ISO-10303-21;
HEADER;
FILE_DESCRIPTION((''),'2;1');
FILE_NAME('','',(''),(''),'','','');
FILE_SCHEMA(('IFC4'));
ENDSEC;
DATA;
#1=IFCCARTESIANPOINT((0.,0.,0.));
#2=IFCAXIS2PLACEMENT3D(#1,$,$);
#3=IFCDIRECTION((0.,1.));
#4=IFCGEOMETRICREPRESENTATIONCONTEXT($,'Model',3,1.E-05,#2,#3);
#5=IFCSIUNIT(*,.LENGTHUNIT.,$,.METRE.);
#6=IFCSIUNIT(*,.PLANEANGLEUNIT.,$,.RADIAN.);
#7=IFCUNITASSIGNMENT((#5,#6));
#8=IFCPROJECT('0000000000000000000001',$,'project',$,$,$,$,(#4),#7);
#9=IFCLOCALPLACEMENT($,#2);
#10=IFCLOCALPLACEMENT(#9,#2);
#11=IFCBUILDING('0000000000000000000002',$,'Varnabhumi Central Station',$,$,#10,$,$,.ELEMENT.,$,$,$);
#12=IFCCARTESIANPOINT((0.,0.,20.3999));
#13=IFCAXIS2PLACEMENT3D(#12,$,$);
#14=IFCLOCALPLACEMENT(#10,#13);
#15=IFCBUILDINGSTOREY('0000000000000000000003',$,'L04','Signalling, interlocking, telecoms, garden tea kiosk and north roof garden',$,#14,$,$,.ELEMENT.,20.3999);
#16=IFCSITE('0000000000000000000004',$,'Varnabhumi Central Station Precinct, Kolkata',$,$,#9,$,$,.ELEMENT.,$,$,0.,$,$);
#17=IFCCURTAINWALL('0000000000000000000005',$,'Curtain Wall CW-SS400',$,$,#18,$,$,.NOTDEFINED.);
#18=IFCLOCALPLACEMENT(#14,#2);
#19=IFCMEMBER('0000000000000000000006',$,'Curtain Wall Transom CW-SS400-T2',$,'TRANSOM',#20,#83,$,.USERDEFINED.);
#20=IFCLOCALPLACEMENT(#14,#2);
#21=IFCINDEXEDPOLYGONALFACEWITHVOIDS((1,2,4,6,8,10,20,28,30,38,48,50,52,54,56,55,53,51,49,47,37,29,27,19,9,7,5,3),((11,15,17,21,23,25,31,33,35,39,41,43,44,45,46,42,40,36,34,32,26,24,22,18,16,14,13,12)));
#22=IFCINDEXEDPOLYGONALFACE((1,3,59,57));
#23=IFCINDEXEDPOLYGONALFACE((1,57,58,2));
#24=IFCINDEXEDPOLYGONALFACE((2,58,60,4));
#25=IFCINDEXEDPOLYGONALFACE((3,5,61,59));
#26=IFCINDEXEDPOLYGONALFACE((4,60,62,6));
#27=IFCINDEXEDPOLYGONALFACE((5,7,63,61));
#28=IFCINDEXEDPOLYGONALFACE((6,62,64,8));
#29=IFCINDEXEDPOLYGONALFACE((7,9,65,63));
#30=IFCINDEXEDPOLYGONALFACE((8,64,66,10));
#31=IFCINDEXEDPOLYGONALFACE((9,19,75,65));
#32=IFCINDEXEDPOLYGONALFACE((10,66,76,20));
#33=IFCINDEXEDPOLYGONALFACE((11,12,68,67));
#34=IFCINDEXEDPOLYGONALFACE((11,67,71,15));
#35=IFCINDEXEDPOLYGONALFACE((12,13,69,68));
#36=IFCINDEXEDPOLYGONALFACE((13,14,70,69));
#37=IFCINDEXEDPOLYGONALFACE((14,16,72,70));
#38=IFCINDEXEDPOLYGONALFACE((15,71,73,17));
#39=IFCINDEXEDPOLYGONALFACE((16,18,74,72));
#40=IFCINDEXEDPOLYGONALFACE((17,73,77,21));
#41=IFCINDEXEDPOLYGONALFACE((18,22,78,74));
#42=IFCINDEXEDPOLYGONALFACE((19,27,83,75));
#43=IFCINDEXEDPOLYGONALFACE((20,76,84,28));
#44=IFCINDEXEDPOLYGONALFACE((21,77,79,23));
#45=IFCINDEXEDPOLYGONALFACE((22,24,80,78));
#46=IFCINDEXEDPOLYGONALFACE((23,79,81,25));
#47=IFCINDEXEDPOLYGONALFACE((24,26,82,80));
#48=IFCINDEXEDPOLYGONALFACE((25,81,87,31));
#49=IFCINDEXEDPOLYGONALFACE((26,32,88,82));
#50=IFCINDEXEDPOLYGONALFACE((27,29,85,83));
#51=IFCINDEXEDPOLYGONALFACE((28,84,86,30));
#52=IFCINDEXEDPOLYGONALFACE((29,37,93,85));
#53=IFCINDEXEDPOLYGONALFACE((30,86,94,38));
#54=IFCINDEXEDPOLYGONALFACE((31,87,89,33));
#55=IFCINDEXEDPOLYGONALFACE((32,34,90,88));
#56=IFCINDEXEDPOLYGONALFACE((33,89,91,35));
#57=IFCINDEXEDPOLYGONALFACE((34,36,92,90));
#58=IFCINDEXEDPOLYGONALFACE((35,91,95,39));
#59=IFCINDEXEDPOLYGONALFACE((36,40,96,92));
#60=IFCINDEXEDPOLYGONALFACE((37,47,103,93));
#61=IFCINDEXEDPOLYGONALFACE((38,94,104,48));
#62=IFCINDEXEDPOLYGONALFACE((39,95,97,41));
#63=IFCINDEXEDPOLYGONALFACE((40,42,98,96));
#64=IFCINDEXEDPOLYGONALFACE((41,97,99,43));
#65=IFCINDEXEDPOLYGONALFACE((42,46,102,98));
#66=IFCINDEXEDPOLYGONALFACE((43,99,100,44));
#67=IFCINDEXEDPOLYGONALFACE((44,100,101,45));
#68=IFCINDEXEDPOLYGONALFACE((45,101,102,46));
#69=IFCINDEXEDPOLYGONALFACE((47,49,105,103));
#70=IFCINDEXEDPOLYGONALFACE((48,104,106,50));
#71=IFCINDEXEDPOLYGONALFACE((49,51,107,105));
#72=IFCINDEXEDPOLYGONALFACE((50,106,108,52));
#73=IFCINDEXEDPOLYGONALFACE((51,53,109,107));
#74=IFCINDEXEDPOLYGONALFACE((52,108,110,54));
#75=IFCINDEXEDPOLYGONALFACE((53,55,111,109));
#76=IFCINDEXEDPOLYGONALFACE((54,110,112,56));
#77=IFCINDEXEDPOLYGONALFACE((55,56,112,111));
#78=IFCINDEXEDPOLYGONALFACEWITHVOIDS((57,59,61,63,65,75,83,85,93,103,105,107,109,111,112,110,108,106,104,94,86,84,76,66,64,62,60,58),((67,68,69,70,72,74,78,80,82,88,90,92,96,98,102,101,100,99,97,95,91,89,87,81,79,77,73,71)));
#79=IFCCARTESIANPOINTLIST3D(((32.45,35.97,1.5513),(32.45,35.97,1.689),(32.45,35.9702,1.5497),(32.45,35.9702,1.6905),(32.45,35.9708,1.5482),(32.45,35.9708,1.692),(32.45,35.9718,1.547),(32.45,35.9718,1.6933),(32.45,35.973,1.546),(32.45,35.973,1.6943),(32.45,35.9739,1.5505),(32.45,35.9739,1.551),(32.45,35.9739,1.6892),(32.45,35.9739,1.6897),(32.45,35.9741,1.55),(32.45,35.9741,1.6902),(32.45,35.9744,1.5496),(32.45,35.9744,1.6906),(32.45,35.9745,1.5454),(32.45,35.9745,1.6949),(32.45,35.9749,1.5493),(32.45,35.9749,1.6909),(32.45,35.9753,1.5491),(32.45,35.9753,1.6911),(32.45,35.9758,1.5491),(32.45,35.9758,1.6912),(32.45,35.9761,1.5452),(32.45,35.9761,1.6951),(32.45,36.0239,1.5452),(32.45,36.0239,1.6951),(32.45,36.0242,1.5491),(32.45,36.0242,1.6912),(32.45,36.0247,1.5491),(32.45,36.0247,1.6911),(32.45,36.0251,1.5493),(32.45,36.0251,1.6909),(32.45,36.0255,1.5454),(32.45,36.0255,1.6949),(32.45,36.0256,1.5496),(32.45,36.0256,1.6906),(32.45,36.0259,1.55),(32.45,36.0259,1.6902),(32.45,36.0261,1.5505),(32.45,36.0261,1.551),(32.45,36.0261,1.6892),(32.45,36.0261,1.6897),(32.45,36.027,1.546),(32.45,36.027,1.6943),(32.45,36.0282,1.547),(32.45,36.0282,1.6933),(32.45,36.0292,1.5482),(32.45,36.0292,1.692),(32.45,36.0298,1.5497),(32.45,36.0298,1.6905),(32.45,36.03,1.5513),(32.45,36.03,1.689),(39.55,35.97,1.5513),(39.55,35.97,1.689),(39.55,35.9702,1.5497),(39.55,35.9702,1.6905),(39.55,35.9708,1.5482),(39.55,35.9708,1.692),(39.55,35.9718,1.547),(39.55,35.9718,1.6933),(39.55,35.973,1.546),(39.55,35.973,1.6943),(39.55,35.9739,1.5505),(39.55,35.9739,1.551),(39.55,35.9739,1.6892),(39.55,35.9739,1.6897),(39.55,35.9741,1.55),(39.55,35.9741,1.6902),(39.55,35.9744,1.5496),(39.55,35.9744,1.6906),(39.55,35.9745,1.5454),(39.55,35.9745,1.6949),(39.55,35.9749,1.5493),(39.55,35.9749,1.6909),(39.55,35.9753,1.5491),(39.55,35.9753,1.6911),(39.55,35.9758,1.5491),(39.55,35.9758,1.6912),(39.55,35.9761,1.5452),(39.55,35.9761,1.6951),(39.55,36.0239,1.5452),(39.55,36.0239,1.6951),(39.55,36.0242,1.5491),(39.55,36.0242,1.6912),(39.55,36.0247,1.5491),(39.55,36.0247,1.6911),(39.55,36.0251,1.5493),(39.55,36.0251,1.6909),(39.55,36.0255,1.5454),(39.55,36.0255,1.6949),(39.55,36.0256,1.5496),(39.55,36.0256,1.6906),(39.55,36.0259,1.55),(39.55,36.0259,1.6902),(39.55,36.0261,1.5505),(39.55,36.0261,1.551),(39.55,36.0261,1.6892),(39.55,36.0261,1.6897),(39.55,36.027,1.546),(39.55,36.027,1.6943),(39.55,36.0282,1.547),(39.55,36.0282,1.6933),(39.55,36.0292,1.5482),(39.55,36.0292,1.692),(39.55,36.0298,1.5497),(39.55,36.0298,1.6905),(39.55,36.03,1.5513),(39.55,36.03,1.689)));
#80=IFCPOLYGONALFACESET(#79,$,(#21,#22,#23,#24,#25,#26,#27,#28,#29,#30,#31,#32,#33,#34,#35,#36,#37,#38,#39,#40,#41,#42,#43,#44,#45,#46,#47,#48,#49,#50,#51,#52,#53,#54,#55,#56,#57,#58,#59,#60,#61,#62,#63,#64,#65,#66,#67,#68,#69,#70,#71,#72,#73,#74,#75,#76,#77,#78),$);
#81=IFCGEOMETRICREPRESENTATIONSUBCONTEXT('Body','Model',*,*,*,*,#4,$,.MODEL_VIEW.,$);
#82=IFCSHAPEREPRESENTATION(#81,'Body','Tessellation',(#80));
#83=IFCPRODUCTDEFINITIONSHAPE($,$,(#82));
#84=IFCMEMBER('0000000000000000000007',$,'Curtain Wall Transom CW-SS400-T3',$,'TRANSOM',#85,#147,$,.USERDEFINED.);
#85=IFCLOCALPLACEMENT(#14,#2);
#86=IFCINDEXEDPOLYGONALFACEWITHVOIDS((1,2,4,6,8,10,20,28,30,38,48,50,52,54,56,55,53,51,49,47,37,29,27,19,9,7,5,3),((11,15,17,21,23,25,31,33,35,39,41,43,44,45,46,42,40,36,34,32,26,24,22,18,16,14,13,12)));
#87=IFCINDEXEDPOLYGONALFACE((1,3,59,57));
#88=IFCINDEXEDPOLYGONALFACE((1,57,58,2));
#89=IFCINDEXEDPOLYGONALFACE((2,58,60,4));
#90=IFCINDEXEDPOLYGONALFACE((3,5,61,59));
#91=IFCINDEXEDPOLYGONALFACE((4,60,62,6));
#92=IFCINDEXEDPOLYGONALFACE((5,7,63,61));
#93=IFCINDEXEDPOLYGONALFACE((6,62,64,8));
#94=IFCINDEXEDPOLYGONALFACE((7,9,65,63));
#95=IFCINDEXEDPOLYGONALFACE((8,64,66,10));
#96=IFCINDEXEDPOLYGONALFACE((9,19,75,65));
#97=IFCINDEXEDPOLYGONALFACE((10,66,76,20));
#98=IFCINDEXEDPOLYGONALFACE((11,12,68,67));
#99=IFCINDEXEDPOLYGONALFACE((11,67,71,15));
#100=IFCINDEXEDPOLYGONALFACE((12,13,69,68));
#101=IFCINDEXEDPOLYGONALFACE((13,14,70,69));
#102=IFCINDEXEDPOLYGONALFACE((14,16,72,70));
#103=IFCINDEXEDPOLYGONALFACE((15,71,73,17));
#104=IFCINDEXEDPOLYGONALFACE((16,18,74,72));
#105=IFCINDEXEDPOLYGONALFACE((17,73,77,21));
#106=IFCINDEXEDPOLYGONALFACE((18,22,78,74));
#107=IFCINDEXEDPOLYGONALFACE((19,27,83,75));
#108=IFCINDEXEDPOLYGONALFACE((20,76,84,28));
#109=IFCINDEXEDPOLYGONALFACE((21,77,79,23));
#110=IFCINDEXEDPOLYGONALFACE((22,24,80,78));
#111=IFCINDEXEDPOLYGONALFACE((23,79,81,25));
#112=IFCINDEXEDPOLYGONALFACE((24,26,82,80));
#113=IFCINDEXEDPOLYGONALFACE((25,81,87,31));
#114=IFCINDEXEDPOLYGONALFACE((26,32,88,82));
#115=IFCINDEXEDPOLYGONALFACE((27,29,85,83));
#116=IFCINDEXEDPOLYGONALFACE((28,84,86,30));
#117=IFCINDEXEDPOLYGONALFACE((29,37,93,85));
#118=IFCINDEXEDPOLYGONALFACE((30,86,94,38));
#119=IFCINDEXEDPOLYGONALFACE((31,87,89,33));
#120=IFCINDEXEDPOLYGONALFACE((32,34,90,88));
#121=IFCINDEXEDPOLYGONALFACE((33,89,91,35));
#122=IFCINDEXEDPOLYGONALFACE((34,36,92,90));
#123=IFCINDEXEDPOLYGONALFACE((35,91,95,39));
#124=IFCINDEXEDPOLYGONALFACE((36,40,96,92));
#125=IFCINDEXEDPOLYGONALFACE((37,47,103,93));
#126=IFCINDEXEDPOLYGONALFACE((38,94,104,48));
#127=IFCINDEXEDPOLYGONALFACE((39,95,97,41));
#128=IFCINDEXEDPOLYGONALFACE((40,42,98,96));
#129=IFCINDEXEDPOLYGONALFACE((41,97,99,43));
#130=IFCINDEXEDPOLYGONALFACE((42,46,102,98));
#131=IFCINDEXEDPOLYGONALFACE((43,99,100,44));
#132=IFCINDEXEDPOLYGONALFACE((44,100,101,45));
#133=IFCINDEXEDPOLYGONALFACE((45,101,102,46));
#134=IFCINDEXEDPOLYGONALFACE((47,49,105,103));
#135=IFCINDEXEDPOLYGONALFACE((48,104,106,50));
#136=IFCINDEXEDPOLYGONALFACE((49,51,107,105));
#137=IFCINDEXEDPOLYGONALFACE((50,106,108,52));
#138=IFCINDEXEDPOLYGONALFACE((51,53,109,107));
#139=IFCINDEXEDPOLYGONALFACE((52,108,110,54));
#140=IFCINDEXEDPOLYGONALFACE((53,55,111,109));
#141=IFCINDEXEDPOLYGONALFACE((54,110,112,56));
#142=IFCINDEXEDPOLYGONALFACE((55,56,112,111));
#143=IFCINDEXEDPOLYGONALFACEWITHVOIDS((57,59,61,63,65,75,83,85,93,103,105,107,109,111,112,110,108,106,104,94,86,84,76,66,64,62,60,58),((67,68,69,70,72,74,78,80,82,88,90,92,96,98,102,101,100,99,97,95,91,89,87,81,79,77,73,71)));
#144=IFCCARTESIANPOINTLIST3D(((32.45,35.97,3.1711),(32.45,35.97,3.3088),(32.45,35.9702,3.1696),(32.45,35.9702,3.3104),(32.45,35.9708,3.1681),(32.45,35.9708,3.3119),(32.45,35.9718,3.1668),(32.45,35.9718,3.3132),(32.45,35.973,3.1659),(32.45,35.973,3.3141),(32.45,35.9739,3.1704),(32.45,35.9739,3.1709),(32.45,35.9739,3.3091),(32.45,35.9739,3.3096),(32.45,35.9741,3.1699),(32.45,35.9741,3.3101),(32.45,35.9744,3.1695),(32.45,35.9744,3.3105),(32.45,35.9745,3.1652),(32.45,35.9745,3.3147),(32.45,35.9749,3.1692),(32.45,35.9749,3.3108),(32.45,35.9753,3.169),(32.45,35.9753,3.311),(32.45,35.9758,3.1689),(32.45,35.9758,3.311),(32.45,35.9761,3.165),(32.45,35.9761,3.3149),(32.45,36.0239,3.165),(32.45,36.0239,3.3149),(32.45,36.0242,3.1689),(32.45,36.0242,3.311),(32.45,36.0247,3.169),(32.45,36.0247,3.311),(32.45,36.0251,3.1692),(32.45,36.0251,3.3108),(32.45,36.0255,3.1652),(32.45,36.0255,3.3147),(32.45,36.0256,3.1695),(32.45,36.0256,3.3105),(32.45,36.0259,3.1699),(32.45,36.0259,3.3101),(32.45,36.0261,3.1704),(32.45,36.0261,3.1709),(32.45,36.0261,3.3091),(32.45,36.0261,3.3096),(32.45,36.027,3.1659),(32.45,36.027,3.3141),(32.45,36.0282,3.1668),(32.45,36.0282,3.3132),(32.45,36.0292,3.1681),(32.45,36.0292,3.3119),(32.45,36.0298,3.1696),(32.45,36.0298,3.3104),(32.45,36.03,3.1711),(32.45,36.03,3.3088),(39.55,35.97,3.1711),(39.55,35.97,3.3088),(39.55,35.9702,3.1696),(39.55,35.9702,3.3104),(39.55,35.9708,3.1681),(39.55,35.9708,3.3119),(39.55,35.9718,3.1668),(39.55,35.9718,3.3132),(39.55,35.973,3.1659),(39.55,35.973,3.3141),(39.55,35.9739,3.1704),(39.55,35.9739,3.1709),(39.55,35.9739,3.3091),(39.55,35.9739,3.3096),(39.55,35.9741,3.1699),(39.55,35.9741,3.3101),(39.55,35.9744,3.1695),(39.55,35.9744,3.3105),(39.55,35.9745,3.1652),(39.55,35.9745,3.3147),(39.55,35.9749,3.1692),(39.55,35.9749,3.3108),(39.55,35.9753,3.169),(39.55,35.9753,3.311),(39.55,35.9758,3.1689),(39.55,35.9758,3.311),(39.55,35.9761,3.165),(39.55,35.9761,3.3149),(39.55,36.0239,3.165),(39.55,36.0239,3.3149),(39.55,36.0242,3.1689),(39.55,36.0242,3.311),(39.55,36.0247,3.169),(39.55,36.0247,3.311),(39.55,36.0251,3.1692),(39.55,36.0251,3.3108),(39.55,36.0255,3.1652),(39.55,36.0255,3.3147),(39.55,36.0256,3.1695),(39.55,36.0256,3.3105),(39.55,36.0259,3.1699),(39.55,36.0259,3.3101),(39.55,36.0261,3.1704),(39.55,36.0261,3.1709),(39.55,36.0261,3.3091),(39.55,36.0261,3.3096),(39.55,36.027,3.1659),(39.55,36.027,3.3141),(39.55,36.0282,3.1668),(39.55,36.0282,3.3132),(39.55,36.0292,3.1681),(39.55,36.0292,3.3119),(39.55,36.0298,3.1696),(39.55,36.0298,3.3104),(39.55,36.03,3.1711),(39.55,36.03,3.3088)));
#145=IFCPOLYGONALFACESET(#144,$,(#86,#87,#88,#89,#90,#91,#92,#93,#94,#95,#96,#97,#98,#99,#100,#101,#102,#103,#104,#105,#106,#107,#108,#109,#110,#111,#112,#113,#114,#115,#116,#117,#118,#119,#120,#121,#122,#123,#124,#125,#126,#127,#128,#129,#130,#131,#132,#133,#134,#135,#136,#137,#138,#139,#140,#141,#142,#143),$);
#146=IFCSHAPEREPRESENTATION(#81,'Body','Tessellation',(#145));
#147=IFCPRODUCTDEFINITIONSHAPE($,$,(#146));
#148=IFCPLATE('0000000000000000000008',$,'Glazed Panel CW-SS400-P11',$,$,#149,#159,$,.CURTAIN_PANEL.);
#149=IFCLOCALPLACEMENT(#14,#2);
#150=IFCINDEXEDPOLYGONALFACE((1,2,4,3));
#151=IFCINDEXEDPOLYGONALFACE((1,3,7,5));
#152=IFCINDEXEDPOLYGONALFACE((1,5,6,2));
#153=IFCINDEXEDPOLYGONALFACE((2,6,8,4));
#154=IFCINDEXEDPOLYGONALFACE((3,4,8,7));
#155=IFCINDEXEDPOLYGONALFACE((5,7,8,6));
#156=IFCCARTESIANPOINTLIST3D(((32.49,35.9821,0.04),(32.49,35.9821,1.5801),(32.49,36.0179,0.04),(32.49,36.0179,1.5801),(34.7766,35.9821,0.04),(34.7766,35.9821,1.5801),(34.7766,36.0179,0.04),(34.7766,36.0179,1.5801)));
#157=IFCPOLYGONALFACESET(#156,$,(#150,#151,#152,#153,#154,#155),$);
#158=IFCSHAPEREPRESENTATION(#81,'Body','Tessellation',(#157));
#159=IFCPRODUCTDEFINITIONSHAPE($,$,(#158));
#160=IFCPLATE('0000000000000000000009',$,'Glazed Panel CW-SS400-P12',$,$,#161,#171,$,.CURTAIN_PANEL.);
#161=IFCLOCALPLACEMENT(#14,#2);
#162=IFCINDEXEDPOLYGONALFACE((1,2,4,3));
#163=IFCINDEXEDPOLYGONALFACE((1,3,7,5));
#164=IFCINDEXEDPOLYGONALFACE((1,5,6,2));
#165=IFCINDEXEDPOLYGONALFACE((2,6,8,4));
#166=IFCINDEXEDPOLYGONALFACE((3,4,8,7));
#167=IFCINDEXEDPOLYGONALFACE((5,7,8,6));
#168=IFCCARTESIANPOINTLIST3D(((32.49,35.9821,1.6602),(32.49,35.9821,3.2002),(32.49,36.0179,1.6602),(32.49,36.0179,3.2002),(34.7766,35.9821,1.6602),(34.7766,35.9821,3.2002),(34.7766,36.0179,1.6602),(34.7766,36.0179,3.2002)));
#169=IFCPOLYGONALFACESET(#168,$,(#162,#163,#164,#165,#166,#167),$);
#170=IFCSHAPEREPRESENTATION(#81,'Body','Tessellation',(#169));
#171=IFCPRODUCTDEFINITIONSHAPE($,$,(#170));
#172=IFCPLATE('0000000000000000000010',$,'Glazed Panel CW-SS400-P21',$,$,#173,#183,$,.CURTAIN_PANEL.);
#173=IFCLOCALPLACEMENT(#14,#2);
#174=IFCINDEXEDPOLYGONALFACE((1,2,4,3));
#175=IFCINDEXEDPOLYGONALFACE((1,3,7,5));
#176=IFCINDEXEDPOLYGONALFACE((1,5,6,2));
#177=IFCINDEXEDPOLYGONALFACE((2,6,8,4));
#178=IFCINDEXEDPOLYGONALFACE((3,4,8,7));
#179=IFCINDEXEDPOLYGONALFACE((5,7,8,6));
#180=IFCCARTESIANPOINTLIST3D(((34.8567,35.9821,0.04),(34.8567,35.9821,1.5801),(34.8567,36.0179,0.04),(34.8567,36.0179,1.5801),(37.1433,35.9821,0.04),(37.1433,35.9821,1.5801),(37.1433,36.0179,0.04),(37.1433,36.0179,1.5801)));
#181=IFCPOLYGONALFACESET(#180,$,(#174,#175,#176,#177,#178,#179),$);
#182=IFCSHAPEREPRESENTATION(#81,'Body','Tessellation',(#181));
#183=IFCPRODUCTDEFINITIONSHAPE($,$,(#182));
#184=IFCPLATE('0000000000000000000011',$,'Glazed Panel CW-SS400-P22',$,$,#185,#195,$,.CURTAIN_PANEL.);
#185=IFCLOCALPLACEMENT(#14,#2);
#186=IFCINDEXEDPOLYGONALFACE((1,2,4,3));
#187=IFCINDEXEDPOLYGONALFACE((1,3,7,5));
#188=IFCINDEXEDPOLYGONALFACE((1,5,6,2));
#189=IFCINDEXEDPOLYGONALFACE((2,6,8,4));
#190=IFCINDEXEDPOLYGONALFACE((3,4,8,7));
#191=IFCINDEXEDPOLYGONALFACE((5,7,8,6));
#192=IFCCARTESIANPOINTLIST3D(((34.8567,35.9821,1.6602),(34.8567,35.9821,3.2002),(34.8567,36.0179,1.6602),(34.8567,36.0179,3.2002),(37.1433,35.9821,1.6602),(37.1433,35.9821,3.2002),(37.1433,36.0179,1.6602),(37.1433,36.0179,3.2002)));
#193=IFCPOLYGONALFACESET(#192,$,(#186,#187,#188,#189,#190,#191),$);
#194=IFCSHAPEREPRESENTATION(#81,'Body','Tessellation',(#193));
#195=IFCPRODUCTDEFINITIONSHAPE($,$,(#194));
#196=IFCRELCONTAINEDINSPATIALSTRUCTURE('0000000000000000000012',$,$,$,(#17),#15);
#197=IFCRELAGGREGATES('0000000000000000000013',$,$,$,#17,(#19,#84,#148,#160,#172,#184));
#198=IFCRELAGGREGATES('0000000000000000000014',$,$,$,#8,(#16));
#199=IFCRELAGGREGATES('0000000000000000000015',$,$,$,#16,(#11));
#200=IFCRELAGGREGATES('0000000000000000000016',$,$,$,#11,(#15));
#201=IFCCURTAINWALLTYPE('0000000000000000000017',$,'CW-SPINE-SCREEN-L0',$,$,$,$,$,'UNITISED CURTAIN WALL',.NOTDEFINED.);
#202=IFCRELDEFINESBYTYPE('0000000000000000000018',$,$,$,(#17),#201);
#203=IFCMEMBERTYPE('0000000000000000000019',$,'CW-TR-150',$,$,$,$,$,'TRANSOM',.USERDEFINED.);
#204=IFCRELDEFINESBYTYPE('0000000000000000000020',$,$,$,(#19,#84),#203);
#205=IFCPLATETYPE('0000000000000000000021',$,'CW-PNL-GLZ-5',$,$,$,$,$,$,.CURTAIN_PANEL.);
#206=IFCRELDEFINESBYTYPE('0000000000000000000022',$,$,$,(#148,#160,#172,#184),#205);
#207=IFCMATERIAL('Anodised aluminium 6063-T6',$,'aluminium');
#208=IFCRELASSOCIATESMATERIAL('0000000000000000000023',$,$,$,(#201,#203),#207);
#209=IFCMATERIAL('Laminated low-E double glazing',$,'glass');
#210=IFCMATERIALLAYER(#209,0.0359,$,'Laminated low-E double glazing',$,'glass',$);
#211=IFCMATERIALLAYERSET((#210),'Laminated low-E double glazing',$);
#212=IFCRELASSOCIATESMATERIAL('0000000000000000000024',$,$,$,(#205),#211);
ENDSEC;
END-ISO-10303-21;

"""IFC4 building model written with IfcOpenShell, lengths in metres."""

from ifc_helpers import new_model, si_unit, direction, frame, origin, origin_2d, place, context, subcontext, project, spatial, rectangle, hollow_rectangle, extrude, material, layer, layer_set, material_profile, profile_set, type_object, element, aggregate, save


model = new_model("IFC4")

# Units and contexts
model_context = context("Model", 3, precision=1e-05, world=origin(), true_north=direction((0.0, 1.0)))
body_context = subcontext(model_context, "Body", "Model", "MODEL_VIEW")
ifc_project = project(units=[si_unit("LENGTHUNIT", "METRE"), si_unit("PLANEANGLEUNIT", "RADIAN")], contexts=[model_context])

# Site, building, storey
site_placement = place(None, origin())
site = spatial("IfcSite", under=ifc_project, at=site_placement, Name="Varnabhumi Central Station Precinct, Kolkata", CompositionType="ELEMENT", RefElevation=0.0)
building_placement = place(site_placement, origin())
building = spatial("IfcBuilding", under=site, at=building_placement, Name="Varnabhumi Central Station", CompositionType="ELEMENT")
storey_placement = place(building_placement, frame((0.0, 0.0, 20.3999)))
storey = spatial("IfcBuildingStorey", under=building, at=storey_placement, Name="L04", Description="Signalling, interlocking, telecoms, garden tea kiosk and north roof garden", CompositionType="ELEMENT", Elevation=20.3999)

# Curtain wall, members, plates
ifc_material_1 = material(Name="Anodised aluminium 6063-T6", Category="aluminium")
curtain_wall_type = type_object("IfcCurtainWallType", Name="CW-SPINE-SCREEN-L0", ElementType="UNITISED CURTAIN WALL", PredefinedType="NOTDEFINED", material=ifc_material_1)
curtain_wall_placement = place(storey_placement, origin())
curtain_wall = element("IfcCurtainWall", 1, at=curtain_wall_placement, inside=storey, type_object=curtain_wall_type, Name="Curtain Wall CW-SS400", PredefinedType="NOTDEFINED")
ifc_material_profile_1 = material_profile(ifc_material_1, hollow_rectangle(XDim=0.0601, YDim=0.1499, WallThickness=0.0039, InnerFilletRadius=0.002, OuterFilletRadius=0.0061, at=origin_2d()), Name="Anodised aluminium 6063-T6", Category="aluminium")
ifc_profile_set_1 = profile_set([ifc_material_profile_1], Name="Anodised aluminium 6063-T6")
member_type_1 = type_object("IfcMemberType", Name="CW-TR-150", ElementType="TRANSOM", PredefinedType="USERDEFINED", material=ifc_profile_set_1)
member_1_placement = place(storey_placement, frame((32.45, 36.0, 1.6201), z_axis=(1.0, 0.0, 0.0), x_axis=(0.0, 1.0, 0.0)))
member_1 = element("IfcMember", 2, at=member_1_placement, type_object=member_type_1, Name="Curtain Wall Transom CW-SS400-T2", ObjectType="TRANSOM", PredefinedType="USERDEFINED", context=body_context, shape_type="SweptSolid", body=[
    extrude(hollow_rectangle(XDim=0.0601, YDim=0.1499, WallThickness=0.0039, InnerFilletRadius=0.002, OuterFilletRadius=0.0061, at=origin_2d()), origin(), (0.0, 0.0, 1.0), 7.1001),
])
member_2_placement = place(storey_placement, frame((32.45, 36.0, 3.24), z_axis=(1.0, 0.0, 0.0), x_axis=(0.0, 1.0, 0.0)))
member_2 = element("IfcMember", 3, at=member_2_placement, type_object=member_type_1, Name="Curtain Wall Transom CW-SS400-T3", ObjectType="TRANSOM", PredefinedType="USERDEFINED", context=body_context, shape_type="SweptSolid", body=[
    extrude(hollow_rectangle(XDim=0.0601, YDim=0.1499, WallThickness=0.0039, InnerFilletRadius=0.002, OuterFilletRadius=0.0061, at=origin_2d()), origin(), (0.0, 0.0, 1.0), 7.1001),
])
ifc_material_2 = material(Name="Laminated low-E double glazing", Category="glass")
ifc_layer_1 = layer(ifc_material_2, 0.0359, Name="Laminated low-E double glazing", Category="glass")
ifc_layer_set_1 = layer_set([ifc_layer_1], Name="Laminated low-E double glazing")
plate_type = type_object("IfcPlateType", Name="CW-PNL-GLZ-5", PredefinedType="CURTAIN_PANEL", material=ifc_layer_set_1)
plate_1_placement = place(storey_placement, frame((33.6333, 36.0, 0.04), z_axis=(0.0, 0.0, 1.0), x_axis=(1.0, 0.0, 0.0)))
plate_1 = element("IfcPlate", 4, at=plate_1_placement, type_object=plate_type, Name="Glazed Panel CW-SS400-P11", PredefinedType="CURTAIN_PANEL", context=body_context, shape_type="SweptSolid", body=[
    extrude(rectangle(XDim=2.2866, YDim=0.0359, at=origin_2d()), origin(), (0.0, 0.0, 1.0), 1.54),
])
plate_2_placement = place(storey_placement, frame((33.6333, 36.0, 1.6602), z_axis=(0.0, 0.0, 1.0), x_axis=(1.0, 0.0, 0.0)))
plate_2 = element("IfcPlate", 5, at=plate_2_placement, type_object=plate_type, Name="Glazed Panel CW-SS400-P12", PredefinedType="CURTAIN_PANEL", context=body_context, shape_type="SweptSolid", body=[
    extrude(rectangle(XDim=2.2866, YDim=0.0359, at=origin_2d()), origin(), (0.0, 0.0, 1.0), 1.54),
])
plate_3_placement = place(storey_placement, frame((36.0, 36.0, 0.04), z_axis=(0.0, 0.0, 1.0), x_axis=(1.0, 0.0, 0.0)))
plate_3 = element("IfcPlate", 6, at=plate_3_placement, type_object=plate_type, Name="Glazed Panel CW-SS400-P21", PredefinedType="CURTAIN_PANEL", context=body_context, shape_type="SweptSolid", body=[
    extrude(rectangle(XDim=2.2866, YDim=0.0359, at=origin_2d()), origin(), (0.0, 0.0, 1.0), 1.54),
])
plate_4_placement = place(storey_placement, frame((36.0, 36.0, 1.6602), z_axis=(0.0, 0.0, 1.0), x_axis=(1.0, 0.0, 0.0)))
plate_4 = element("IfcPlate", 7, at=plate_4_placement, type_object=plate_type, Name="Glazed Panel CW-SS400-P22", PredefinedType="CURTAIN_PANEL", context=body_context, shape_type="SweptSolid", body=[
    extrude(rectangle(XDim=2.2866, YDim=0.0359, at=origin_2d()), origin(), (0.0, 0.0, 1.0), 1.54),
])
aggregate(curtain_wall, [member_1, member_2, plate_1, plate_2, plate_3, plate_4])

save(model, "model.ifc")
